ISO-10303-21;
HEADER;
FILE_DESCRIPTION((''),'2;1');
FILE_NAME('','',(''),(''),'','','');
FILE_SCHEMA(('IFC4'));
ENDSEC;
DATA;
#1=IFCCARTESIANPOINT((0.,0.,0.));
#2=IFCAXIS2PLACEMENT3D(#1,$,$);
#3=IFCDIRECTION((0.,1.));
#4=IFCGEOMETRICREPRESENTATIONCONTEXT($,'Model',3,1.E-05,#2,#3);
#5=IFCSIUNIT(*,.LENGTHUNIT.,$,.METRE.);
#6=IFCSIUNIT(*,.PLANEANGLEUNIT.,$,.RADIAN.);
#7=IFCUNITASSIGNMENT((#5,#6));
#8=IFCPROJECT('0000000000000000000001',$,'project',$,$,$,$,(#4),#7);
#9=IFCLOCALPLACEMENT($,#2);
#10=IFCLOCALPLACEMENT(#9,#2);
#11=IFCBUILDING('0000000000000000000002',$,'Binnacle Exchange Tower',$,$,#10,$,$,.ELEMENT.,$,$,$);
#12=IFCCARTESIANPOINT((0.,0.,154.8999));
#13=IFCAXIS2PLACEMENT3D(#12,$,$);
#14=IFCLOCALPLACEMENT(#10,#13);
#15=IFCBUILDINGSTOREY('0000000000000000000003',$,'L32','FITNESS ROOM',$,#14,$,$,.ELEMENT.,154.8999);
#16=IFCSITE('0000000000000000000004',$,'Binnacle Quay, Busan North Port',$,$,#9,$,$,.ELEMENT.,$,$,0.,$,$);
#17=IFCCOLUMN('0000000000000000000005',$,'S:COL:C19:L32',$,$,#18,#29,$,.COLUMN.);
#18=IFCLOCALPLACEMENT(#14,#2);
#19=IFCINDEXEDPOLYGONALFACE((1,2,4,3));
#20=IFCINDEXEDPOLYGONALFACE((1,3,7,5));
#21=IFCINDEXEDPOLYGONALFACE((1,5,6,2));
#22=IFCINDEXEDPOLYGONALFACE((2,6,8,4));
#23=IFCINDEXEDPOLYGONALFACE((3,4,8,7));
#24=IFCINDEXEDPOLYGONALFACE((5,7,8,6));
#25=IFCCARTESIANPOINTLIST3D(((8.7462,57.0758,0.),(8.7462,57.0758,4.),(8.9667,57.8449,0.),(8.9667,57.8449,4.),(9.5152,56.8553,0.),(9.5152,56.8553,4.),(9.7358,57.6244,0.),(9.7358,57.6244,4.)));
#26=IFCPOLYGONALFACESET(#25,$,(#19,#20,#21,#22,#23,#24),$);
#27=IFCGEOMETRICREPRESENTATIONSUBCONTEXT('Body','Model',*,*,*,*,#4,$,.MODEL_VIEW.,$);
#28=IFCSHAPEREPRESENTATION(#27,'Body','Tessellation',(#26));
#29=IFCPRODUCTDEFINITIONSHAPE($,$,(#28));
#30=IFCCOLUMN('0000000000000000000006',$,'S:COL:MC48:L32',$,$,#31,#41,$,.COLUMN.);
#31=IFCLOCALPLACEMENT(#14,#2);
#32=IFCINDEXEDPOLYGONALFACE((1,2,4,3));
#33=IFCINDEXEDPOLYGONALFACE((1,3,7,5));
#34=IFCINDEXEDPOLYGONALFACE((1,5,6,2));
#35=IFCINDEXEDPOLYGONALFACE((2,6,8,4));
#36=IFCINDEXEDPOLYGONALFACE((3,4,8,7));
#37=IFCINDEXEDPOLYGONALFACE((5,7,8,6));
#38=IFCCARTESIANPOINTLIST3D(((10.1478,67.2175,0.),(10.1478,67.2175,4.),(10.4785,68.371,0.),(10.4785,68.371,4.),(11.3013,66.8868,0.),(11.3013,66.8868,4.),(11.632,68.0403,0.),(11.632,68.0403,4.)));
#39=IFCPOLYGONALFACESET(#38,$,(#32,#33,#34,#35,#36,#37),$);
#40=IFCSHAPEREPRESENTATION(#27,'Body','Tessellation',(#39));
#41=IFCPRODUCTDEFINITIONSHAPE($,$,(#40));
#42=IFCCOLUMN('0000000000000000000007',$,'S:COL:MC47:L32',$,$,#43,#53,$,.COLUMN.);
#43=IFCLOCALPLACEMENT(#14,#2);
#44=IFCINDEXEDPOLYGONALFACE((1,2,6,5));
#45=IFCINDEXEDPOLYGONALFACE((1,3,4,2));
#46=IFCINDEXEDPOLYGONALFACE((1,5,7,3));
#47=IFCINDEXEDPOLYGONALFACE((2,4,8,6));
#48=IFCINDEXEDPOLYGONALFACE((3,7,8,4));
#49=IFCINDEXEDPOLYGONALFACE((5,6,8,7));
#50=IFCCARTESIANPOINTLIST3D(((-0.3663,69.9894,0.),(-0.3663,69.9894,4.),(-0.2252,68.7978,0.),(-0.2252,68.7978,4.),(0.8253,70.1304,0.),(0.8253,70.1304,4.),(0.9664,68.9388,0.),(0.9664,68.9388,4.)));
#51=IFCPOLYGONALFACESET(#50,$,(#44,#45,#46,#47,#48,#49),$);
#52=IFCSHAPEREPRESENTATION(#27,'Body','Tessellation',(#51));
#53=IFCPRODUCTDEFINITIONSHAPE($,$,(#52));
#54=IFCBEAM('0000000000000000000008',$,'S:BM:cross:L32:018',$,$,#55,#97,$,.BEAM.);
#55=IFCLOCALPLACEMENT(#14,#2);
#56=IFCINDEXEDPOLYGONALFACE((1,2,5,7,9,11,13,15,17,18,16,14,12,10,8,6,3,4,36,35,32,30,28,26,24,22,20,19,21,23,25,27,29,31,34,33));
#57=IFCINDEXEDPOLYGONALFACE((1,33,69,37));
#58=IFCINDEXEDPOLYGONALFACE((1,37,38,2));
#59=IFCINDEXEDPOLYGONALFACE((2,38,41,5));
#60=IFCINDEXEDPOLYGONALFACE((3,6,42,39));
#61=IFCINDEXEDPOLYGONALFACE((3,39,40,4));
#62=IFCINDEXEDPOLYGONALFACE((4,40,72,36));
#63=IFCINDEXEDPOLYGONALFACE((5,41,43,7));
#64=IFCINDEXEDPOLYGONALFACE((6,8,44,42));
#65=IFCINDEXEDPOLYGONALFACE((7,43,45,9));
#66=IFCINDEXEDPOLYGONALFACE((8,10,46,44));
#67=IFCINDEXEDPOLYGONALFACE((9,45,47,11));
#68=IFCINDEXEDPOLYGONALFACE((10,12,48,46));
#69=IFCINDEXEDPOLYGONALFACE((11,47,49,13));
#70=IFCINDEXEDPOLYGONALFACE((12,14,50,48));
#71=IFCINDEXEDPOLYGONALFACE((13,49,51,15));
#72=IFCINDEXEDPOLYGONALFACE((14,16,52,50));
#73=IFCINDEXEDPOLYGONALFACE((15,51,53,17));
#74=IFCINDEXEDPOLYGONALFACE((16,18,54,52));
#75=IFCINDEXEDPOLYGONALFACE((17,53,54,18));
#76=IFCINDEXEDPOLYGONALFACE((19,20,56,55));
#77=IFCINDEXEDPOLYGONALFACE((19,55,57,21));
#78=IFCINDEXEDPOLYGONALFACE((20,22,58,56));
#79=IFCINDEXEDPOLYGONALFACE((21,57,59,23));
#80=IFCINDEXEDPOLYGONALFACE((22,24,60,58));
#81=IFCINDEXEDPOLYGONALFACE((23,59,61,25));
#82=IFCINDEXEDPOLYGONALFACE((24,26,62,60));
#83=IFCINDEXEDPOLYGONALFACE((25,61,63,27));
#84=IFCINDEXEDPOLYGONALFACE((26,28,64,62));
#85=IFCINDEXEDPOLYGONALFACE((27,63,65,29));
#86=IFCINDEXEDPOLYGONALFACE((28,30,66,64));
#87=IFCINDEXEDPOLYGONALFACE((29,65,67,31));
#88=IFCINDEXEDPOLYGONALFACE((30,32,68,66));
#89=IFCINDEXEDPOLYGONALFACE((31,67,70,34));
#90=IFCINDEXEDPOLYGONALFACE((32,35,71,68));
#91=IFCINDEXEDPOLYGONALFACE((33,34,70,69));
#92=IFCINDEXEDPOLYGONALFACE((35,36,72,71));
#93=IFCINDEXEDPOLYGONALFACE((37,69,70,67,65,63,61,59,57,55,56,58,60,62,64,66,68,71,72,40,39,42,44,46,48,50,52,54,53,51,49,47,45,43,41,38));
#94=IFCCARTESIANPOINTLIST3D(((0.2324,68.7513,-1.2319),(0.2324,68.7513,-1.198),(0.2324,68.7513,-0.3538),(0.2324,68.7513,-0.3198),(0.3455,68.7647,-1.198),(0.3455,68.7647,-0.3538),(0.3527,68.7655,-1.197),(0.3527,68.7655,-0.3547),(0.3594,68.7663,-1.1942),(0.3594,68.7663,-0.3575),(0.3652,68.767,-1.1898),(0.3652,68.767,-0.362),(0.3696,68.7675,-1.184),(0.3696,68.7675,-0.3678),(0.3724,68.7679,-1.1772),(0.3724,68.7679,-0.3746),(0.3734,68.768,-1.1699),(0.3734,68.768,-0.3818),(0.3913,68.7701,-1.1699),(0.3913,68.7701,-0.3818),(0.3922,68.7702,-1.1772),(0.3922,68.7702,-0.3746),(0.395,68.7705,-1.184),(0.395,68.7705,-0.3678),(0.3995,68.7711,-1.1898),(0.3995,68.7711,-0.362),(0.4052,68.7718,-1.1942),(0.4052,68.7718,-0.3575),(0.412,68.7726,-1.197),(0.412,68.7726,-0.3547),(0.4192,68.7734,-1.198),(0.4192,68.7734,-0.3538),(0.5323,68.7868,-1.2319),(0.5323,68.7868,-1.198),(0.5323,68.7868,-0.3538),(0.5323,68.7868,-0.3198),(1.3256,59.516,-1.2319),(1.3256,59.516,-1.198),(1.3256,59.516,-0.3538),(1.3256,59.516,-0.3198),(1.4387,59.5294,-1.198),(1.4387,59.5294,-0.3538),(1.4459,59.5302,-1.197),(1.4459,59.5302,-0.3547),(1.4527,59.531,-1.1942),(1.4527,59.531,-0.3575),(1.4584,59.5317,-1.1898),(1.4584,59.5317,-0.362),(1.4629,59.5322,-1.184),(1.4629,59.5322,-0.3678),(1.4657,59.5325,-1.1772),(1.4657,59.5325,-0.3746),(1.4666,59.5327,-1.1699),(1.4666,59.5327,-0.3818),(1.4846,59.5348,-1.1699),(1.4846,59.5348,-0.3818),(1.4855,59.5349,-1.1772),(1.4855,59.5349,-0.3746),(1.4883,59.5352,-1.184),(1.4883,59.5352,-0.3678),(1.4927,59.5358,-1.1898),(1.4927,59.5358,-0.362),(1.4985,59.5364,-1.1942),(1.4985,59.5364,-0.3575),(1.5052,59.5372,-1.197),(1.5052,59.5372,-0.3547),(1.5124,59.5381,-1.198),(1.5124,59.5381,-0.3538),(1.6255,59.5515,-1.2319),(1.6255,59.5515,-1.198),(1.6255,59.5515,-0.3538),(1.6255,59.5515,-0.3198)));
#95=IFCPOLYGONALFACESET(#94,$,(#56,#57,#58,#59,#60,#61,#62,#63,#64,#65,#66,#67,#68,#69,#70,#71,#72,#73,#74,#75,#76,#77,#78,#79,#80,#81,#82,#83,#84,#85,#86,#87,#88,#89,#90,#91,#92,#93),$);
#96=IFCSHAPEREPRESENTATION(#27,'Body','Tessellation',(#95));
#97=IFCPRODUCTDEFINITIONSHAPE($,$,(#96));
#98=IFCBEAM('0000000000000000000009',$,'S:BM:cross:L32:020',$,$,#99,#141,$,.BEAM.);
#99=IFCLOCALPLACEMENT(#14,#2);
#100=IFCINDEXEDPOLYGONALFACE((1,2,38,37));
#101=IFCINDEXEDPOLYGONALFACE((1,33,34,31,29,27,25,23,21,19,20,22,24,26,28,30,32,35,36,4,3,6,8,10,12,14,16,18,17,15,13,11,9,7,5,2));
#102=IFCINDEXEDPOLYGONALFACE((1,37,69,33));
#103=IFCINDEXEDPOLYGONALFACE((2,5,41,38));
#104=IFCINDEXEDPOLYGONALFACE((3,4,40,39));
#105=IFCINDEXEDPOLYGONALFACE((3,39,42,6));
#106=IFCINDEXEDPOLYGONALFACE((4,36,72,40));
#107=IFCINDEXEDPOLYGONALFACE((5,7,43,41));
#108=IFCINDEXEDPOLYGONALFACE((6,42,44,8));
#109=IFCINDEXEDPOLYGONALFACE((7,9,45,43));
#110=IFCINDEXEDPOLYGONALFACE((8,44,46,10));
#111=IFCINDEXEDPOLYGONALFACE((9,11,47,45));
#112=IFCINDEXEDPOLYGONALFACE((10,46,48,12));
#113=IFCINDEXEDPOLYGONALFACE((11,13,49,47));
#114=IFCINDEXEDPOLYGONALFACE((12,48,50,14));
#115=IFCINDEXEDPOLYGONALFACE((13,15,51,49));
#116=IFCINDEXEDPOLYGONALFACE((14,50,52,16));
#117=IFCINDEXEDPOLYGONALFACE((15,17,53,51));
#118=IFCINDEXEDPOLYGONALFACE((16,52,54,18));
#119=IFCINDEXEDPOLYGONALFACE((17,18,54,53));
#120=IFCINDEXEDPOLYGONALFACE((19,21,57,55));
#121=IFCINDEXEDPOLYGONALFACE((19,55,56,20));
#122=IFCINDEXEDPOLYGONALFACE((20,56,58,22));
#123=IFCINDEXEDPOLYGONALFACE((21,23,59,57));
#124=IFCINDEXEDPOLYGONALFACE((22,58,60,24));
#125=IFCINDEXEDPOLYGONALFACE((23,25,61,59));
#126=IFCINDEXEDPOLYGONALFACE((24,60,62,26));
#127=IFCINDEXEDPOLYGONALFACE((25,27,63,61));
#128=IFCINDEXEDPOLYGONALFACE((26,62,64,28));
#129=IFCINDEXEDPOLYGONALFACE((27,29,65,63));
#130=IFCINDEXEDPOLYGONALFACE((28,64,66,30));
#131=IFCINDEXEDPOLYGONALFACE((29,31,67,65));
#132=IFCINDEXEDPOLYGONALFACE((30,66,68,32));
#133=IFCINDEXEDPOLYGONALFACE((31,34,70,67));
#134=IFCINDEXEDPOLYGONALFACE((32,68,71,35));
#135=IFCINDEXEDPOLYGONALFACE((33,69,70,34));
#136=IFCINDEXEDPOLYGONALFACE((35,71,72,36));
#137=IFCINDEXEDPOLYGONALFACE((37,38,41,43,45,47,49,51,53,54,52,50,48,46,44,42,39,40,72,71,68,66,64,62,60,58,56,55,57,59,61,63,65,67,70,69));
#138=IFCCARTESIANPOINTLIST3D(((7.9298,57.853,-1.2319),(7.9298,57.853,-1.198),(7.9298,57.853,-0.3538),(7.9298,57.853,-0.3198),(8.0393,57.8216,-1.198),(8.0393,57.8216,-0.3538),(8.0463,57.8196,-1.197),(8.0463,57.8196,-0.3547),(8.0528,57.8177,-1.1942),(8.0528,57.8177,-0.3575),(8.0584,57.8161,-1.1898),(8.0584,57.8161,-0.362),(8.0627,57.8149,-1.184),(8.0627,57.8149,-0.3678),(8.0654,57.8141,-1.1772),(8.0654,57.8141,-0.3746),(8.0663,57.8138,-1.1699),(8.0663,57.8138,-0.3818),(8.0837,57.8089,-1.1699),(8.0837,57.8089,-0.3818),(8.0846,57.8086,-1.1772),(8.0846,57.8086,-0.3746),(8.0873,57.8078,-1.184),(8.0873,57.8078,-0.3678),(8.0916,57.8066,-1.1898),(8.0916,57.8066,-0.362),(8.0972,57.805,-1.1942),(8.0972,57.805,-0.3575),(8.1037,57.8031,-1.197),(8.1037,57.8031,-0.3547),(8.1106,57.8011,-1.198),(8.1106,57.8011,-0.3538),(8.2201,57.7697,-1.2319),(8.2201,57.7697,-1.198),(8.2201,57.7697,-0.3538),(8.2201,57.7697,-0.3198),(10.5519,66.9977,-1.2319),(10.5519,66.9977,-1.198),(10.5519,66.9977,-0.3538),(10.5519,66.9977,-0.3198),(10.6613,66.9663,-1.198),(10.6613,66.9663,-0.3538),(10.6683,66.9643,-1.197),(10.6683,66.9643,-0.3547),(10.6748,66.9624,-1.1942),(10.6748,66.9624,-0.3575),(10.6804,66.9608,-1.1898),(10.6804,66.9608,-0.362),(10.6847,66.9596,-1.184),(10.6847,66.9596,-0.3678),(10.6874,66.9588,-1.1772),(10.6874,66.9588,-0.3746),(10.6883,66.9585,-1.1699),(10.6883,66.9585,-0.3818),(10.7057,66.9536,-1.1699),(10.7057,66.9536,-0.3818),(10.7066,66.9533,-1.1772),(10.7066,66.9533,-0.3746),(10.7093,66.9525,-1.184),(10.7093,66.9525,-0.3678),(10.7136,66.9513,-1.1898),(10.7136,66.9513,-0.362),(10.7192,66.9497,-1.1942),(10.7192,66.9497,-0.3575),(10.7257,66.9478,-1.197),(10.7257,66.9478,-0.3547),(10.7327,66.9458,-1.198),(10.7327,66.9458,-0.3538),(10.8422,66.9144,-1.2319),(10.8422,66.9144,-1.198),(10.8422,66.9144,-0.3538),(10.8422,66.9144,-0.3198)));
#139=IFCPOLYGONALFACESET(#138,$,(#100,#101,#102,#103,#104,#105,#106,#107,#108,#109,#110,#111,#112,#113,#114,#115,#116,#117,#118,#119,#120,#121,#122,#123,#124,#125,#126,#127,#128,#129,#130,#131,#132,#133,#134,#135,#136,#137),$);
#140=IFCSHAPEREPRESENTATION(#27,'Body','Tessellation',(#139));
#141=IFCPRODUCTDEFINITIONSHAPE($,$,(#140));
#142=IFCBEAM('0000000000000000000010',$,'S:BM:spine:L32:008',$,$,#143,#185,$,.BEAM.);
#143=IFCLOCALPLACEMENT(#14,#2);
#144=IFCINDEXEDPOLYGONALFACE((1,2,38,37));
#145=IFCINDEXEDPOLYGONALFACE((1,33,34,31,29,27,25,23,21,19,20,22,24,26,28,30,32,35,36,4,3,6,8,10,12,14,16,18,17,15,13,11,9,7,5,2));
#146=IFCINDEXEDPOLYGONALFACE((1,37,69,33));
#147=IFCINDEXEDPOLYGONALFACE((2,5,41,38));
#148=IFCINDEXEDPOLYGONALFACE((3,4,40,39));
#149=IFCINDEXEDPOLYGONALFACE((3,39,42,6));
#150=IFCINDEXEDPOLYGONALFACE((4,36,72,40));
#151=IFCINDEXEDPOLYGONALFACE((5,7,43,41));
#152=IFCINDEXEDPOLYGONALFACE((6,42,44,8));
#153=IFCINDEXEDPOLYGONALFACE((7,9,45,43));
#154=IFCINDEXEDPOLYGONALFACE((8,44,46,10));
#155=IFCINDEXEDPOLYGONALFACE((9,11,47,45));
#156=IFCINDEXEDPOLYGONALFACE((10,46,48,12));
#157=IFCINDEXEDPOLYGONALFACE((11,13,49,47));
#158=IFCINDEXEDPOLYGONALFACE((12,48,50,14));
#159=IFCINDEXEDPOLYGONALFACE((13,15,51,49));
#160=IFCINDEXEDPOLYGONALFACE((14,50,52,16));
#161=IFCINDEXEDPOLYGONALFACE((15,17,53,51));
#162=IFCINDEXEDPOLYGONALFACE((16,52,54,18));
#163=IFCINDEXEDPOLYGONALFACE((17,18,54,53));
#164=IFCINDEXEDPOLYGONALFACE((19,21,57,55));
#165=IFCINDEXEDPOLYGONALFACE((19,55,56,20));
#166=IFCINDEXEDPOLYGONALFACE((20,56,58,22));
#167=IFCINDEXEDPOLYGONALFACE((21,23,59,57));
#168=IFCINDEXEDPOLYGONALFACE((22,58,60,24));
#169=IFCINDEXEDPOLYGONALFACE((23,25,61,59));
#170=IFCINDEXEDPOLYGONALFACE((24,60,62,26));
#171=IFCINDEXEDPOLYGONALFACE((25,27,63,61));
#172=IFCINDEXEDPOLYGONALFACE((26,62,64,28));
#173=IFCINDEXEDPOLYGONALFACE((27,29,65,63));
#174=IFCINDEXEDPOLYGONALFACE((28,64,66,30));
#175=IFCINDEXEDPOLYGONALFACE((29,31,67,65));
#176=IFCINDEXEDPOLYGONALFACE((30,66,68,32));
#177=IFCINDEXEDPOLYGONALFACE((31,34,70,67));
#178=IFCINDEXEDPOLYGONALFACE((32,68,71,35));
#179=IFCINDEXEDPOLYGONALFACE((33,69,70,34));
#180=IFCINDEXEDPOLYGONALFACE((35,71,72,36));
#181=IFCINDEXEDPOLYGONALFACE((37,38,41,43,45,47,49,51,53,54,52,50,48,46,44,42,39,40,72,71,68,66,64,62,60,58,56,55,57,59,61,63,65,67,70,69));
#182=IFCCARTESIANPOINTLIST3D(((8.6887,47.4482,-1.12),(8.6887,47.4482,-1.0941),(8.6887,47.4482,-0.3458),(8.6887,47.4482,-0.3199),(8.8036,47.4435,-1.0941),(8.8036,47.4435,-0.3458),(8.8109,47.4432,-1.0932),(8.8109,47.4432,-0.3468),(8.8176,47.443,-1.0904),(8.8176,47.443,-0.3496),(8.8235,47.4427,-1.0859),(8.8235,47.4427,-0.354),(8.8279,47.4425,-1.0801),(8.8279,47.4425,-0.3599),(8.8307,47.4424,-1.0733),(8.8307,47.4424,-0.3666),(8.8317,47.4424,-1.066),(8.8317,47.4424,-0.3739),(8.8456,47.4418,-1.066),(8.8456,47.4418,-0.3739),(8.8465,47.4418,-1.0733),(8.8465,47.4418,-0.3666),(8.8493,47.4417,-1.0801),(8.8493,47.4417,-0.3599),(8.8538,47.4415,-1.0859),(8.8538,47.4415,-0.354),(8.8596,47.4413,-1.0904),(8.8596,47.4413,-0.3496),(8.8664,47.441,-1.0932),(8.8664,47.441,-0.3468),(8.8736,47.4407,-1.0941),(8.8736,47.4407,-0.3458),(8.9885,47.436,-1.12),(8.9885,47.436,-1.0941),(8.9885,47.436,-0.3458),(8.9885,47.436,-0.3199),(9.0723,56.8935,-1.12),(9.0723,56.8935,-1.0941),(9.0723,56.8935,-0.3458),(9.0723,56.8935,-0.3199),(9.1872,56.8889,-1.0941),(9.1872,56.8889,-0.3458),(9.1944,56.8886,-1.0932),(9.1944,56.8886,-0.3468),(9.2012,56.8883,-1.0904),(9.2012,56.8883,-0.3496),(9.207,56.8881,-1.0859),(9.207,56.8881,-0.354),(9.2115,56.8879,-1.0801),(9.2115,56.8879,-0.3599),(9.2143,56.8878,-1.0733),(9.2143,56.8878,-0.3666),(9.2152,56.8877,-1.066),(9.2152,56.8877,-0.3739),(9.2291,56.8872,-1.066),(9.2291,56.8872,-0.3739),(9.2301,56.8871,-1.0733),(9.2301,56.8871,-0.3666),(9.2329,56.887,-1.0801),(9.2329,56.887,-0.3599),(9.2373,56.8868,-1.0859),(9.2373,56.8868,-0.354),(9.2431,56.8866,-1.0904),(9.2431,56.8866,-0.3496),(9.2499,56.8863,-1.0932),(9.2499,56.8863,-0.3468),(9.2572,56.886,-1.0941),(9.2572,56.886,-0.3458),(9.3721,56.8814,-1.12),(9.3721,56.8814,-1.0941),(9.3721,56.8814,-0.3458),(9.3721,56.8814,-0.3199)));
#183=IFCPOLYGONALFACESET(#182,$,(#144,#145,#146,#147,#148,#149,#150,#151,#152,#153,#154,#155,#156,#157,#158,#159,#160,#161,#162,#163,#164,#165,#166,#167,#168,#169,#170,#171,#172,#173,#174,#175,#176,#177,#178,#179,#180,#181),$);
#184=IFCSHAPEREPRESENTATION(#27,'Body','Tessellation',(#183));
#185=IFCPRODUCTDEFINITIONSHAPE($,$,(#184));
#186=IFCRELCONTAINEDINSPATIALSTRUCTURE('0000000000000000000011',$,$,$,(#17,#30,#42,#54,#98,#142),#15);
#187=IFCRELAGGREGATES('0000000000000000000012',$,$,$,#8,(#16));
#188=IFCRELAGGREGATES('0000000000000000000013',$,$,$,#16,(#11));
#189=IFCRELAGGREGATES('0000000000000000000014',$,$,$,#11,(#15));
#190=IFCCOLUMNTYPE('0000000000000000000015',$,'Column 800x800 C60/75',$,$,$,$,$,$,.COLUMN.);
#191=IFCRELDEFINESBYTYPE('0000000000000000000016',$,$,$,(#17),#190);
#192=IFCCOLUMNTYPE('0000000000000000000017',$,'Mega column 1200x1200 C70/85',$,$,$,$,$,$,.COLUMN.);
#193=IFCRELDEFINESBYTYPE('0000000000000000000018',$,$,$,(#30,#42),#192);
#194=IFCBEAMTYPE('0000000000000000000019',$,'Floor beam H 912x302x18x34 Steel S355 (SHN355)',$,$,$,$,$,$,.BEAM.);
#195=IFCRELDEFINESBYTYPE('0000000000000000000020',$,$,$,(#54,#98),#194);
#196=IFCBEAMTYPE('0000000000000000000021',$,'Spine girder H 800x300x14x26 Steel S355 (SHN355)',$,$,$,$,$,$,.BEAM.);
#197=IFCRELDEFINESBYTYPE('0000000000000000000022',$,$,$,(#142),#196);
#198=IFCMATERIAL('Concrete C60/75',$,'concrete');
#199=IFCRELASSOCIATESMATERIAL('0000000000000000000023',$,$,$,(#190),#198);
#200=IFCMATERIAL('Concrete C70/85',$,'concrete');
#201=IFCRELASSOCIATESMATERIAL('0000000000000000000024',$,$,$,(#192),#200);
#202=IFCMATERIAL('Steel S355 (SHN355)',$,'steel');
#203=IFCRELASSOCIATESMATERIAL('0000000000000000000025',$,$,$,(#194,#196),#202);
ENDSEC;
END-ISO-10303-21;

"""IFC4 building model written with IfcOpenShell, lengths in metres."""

from ifc_helpers import new_model, si_unit, direction, frame, origin, origin_2d, place, context, subcontext, project, spatial, rectangle, i_section, extrude, material, material_profile, profile_set, type_object, element, save


model = new_model("IFC4")

# Units and contexts
model_context = context("Model", 3, precision=1e-05, world=origin(), true_north=direction((0.0, 1.0)))
body_context = subcontext(model_context, "Body", "Model", "MODEL_VIEW")
ifc_project = project(units=[si_unit("LENGTHUNIT", "METRE"), si_unit("PLANEANGLEUNIT", "RADIAN")], contexts=[model_context])

# Site, building, storey
site_placement = place(None, origin())
site = spatial("IfcSite", under=ifc_project, at=site_placement, Name="Binnacle Quay, Busan North Port", CompositionType="ELEMENT", RefElevation=0.0)
building_placement = place(site_placement, origin())
building = spatial("IfcBuilding", under=site, at=building_placement, Name="Binnacle Exchange Tower", CompositionType="ELEMENT")
storey_placement = place(building_placement, frame((0.0, 0.0, 154.8999)))
storey = spatial("IfcBuildingStorey", under=building, at=storey_placement, Name="L32", Description="FITNESS ROOM", CompositionType="ELEMENT", Elevation=154.8999)

# Columns
ifc_material_1 = material(Name="Concrete C60/75", Category="concrete")
ifc_material_profile_1 = material_profile(ifc_material_1, rectangle(XDim=0.8, YDim=0.8, at=origin_2d()), Name="Column 800x800 C60/75")
ifc_profile_set_1 = profile_set([ifc_material_profile_1], Name="Concrete C60/75")
column_type_1 = type_object("IfcColumnType", Name="Column 800x800 C60/75", PredefinedType="COLUMN", material=ifc_profile_set_1)
column_placement = place(storey_placement, frame((9.241, 57.3501, 0.0), z_axis=(0.0, 0.0, 1.0), x_axis=(0.961262, -0.275637, 0.0)))
element("IfcColumn", 1, at=column_placement, inside=storey, type_object=column_type_1, Name="S:COL:C19:L32", PredefinedType="COLUMN", context=body_context, shape_type="SweptSolid", body=[
    extrude(rectangle(XDim=0.8, YDim=0.8, at=origin_2d()), origin(), (0.0, 0.0, 1.0), 4.0),
])
ifc_material_2 = material(Name="Concrete C70/85", Category="concrete")
ifc_material_profile_2 = material_profile(ifc_material_2, rectangle(XDim=1.2, YDim=1.2, at=origin_2d()), Name="Mega column 1200x1200 C70/85")
ifc_profile_set_2 = profile_set([ifc_material_profile_2], Name="Concrete C70/85")
column_type_2 = type_object("IfcColumnType", Name="Mega column 1200x1200 C70/85", PredefinedType="COLUMN", material=ifc_profile_set_2)
for number, where, z_axis, x_axis, name in (
    (2, (10.8899, 67.6289, 0.0), (0.0, 0.0, 1.0), (-0.961262, 0.275637, 0.0), "S:COL:MC48:L32"),
    (3, (0.3, 69.4641, 0.0), (0.0, 0.0, 1.0), (-0.993068, -0.117537, 0.0), "S:COL:MC47:L32"),
):
    element("IfcColumn", number, at=place(storey_placement, frame(where, z_axis=z_axis, x_axis=x_axis)), inside=storey, type_object=column_type_2, Name=name, PredefinedType="COLUMN", context=body_context, shape_type="SweptSolid", body=[
        extrude(rectangle(XDim=1.2, YDim=1.2, at=origin_2d()), origin(), (0.0, 0.0, 1.0), 4.0),
    ])

# Beams
ifc_material_3 = material(Name="Steel S355 (SHN355)", Category="steel")
ifc_material_profile_3 = material_profile(ifc_material_3, i_section(OverallWidth=0.302, OverallDepth=0.9121, WebThickness=0.0181, FlangeThickness=0.0339, FilletRadius=0.0281, at=origin_2d()), Name="H 912x302x18x34")
ifc_profile_set_3 = profile_set([ifc_material_profile_3], Name="Steel S355 (SHN355)")
beam_type_1 = type_object("IfcBeamType", Name="Floor beam H 912x302x18x34 Steel S355 (SHN355)", PredefinedType="BEAM", material=ifc_profile_set_3)
beam_1_placement = place(storey_placement, frame((0.3823, 68.769, -0.7759), z_axis=(0.117557, -0.993066, 0.0), x_axis=(0.993066, 0.117557, 0.0)))
element("IfcBeam", 4, at=beam_1_placement, inside=storey, type_object=beam_type_1, Name="S:BM:cross:L32:018", PredefinedType="BEAM", context=body_context, shape_type="SweptSolid", body=[
    extrude(i_section(OverallWidth=0.302, OverallDepth=0.9121, WebThickness=0.0181, FlangeThickness=0.0339, FilletRadius=0.0281, at=origin_2d()), origin(), (0.0, 0.0, 1.0), 9.2998),
])
beam_2_placement = place(storey_placement, frame((10.697, 66.9561, -0.7759), z_axis=(-0.275623, -0.961266, 0.0), x_axis=(0.961266, -0.275623, 0.0)))
element("IfcBeam", 5, at=beam_2_placement, inside=storey, type_object=beam_type_1, Name="S:BM:cross:L32:020", PredefinedType="BEAM", context=body_context, shape_type="SweptSolid", body=[
    extrude(i_section(OverallWidth=0.302, OverallDepth=0.9121, WebThickness=0.0181, FlangeThickness=0.0339, FilletRadius=0.0281, at=origin_2d()), origin(), (0.0, 0.0, 1.0), 9.5132),
])
ifc_material_profile_4 = material_profile(ifc_material_3, i_section(OverallWidth=0.3, OverallDepth=0.8, WebThickness=0.0139, FlangeThickness=0.0259, FilletRadius=0.0281, at=origin_2d()), Name="H 800x300x14x26")
ifc_profile_set_4 = profile_set([ifc_material_profile_4], Name="Steel S355 (SHN355)")
beam_type_2 = type_object("IfcBeamType", Name="Spine girder H 800x300x14x26 Steel S355 (SHN355)", PredefinedType="BEAM", material=ifc_profile_set_4)
beam_3_placement = place(storey_placement, frame((9.2222, 56.8875, -0.72), z_axis=(-0.040573, -0.999177, 0.0), x_axis=(0.999177, -0.040573, 0.0)))
element("IfcBeam", 6, at=beam_3_placement, inside=storey, type_object=beam_type_2, Name="S:BM:spine:L32:008", PredefinedType="BEAM", context=body_context, shape_type="SweptSolid", body=[
    extrude(i_section(OverallWidth=0.3, OverallDepth=0.8, WebThickness=0.0139, FlangeThickness=0.0259, FilletRadius=0.0281, at=origin_2d()), origin(), (0.0, 0.0, 1.0), 9.4531),
])

save(model, "model.ifc")
